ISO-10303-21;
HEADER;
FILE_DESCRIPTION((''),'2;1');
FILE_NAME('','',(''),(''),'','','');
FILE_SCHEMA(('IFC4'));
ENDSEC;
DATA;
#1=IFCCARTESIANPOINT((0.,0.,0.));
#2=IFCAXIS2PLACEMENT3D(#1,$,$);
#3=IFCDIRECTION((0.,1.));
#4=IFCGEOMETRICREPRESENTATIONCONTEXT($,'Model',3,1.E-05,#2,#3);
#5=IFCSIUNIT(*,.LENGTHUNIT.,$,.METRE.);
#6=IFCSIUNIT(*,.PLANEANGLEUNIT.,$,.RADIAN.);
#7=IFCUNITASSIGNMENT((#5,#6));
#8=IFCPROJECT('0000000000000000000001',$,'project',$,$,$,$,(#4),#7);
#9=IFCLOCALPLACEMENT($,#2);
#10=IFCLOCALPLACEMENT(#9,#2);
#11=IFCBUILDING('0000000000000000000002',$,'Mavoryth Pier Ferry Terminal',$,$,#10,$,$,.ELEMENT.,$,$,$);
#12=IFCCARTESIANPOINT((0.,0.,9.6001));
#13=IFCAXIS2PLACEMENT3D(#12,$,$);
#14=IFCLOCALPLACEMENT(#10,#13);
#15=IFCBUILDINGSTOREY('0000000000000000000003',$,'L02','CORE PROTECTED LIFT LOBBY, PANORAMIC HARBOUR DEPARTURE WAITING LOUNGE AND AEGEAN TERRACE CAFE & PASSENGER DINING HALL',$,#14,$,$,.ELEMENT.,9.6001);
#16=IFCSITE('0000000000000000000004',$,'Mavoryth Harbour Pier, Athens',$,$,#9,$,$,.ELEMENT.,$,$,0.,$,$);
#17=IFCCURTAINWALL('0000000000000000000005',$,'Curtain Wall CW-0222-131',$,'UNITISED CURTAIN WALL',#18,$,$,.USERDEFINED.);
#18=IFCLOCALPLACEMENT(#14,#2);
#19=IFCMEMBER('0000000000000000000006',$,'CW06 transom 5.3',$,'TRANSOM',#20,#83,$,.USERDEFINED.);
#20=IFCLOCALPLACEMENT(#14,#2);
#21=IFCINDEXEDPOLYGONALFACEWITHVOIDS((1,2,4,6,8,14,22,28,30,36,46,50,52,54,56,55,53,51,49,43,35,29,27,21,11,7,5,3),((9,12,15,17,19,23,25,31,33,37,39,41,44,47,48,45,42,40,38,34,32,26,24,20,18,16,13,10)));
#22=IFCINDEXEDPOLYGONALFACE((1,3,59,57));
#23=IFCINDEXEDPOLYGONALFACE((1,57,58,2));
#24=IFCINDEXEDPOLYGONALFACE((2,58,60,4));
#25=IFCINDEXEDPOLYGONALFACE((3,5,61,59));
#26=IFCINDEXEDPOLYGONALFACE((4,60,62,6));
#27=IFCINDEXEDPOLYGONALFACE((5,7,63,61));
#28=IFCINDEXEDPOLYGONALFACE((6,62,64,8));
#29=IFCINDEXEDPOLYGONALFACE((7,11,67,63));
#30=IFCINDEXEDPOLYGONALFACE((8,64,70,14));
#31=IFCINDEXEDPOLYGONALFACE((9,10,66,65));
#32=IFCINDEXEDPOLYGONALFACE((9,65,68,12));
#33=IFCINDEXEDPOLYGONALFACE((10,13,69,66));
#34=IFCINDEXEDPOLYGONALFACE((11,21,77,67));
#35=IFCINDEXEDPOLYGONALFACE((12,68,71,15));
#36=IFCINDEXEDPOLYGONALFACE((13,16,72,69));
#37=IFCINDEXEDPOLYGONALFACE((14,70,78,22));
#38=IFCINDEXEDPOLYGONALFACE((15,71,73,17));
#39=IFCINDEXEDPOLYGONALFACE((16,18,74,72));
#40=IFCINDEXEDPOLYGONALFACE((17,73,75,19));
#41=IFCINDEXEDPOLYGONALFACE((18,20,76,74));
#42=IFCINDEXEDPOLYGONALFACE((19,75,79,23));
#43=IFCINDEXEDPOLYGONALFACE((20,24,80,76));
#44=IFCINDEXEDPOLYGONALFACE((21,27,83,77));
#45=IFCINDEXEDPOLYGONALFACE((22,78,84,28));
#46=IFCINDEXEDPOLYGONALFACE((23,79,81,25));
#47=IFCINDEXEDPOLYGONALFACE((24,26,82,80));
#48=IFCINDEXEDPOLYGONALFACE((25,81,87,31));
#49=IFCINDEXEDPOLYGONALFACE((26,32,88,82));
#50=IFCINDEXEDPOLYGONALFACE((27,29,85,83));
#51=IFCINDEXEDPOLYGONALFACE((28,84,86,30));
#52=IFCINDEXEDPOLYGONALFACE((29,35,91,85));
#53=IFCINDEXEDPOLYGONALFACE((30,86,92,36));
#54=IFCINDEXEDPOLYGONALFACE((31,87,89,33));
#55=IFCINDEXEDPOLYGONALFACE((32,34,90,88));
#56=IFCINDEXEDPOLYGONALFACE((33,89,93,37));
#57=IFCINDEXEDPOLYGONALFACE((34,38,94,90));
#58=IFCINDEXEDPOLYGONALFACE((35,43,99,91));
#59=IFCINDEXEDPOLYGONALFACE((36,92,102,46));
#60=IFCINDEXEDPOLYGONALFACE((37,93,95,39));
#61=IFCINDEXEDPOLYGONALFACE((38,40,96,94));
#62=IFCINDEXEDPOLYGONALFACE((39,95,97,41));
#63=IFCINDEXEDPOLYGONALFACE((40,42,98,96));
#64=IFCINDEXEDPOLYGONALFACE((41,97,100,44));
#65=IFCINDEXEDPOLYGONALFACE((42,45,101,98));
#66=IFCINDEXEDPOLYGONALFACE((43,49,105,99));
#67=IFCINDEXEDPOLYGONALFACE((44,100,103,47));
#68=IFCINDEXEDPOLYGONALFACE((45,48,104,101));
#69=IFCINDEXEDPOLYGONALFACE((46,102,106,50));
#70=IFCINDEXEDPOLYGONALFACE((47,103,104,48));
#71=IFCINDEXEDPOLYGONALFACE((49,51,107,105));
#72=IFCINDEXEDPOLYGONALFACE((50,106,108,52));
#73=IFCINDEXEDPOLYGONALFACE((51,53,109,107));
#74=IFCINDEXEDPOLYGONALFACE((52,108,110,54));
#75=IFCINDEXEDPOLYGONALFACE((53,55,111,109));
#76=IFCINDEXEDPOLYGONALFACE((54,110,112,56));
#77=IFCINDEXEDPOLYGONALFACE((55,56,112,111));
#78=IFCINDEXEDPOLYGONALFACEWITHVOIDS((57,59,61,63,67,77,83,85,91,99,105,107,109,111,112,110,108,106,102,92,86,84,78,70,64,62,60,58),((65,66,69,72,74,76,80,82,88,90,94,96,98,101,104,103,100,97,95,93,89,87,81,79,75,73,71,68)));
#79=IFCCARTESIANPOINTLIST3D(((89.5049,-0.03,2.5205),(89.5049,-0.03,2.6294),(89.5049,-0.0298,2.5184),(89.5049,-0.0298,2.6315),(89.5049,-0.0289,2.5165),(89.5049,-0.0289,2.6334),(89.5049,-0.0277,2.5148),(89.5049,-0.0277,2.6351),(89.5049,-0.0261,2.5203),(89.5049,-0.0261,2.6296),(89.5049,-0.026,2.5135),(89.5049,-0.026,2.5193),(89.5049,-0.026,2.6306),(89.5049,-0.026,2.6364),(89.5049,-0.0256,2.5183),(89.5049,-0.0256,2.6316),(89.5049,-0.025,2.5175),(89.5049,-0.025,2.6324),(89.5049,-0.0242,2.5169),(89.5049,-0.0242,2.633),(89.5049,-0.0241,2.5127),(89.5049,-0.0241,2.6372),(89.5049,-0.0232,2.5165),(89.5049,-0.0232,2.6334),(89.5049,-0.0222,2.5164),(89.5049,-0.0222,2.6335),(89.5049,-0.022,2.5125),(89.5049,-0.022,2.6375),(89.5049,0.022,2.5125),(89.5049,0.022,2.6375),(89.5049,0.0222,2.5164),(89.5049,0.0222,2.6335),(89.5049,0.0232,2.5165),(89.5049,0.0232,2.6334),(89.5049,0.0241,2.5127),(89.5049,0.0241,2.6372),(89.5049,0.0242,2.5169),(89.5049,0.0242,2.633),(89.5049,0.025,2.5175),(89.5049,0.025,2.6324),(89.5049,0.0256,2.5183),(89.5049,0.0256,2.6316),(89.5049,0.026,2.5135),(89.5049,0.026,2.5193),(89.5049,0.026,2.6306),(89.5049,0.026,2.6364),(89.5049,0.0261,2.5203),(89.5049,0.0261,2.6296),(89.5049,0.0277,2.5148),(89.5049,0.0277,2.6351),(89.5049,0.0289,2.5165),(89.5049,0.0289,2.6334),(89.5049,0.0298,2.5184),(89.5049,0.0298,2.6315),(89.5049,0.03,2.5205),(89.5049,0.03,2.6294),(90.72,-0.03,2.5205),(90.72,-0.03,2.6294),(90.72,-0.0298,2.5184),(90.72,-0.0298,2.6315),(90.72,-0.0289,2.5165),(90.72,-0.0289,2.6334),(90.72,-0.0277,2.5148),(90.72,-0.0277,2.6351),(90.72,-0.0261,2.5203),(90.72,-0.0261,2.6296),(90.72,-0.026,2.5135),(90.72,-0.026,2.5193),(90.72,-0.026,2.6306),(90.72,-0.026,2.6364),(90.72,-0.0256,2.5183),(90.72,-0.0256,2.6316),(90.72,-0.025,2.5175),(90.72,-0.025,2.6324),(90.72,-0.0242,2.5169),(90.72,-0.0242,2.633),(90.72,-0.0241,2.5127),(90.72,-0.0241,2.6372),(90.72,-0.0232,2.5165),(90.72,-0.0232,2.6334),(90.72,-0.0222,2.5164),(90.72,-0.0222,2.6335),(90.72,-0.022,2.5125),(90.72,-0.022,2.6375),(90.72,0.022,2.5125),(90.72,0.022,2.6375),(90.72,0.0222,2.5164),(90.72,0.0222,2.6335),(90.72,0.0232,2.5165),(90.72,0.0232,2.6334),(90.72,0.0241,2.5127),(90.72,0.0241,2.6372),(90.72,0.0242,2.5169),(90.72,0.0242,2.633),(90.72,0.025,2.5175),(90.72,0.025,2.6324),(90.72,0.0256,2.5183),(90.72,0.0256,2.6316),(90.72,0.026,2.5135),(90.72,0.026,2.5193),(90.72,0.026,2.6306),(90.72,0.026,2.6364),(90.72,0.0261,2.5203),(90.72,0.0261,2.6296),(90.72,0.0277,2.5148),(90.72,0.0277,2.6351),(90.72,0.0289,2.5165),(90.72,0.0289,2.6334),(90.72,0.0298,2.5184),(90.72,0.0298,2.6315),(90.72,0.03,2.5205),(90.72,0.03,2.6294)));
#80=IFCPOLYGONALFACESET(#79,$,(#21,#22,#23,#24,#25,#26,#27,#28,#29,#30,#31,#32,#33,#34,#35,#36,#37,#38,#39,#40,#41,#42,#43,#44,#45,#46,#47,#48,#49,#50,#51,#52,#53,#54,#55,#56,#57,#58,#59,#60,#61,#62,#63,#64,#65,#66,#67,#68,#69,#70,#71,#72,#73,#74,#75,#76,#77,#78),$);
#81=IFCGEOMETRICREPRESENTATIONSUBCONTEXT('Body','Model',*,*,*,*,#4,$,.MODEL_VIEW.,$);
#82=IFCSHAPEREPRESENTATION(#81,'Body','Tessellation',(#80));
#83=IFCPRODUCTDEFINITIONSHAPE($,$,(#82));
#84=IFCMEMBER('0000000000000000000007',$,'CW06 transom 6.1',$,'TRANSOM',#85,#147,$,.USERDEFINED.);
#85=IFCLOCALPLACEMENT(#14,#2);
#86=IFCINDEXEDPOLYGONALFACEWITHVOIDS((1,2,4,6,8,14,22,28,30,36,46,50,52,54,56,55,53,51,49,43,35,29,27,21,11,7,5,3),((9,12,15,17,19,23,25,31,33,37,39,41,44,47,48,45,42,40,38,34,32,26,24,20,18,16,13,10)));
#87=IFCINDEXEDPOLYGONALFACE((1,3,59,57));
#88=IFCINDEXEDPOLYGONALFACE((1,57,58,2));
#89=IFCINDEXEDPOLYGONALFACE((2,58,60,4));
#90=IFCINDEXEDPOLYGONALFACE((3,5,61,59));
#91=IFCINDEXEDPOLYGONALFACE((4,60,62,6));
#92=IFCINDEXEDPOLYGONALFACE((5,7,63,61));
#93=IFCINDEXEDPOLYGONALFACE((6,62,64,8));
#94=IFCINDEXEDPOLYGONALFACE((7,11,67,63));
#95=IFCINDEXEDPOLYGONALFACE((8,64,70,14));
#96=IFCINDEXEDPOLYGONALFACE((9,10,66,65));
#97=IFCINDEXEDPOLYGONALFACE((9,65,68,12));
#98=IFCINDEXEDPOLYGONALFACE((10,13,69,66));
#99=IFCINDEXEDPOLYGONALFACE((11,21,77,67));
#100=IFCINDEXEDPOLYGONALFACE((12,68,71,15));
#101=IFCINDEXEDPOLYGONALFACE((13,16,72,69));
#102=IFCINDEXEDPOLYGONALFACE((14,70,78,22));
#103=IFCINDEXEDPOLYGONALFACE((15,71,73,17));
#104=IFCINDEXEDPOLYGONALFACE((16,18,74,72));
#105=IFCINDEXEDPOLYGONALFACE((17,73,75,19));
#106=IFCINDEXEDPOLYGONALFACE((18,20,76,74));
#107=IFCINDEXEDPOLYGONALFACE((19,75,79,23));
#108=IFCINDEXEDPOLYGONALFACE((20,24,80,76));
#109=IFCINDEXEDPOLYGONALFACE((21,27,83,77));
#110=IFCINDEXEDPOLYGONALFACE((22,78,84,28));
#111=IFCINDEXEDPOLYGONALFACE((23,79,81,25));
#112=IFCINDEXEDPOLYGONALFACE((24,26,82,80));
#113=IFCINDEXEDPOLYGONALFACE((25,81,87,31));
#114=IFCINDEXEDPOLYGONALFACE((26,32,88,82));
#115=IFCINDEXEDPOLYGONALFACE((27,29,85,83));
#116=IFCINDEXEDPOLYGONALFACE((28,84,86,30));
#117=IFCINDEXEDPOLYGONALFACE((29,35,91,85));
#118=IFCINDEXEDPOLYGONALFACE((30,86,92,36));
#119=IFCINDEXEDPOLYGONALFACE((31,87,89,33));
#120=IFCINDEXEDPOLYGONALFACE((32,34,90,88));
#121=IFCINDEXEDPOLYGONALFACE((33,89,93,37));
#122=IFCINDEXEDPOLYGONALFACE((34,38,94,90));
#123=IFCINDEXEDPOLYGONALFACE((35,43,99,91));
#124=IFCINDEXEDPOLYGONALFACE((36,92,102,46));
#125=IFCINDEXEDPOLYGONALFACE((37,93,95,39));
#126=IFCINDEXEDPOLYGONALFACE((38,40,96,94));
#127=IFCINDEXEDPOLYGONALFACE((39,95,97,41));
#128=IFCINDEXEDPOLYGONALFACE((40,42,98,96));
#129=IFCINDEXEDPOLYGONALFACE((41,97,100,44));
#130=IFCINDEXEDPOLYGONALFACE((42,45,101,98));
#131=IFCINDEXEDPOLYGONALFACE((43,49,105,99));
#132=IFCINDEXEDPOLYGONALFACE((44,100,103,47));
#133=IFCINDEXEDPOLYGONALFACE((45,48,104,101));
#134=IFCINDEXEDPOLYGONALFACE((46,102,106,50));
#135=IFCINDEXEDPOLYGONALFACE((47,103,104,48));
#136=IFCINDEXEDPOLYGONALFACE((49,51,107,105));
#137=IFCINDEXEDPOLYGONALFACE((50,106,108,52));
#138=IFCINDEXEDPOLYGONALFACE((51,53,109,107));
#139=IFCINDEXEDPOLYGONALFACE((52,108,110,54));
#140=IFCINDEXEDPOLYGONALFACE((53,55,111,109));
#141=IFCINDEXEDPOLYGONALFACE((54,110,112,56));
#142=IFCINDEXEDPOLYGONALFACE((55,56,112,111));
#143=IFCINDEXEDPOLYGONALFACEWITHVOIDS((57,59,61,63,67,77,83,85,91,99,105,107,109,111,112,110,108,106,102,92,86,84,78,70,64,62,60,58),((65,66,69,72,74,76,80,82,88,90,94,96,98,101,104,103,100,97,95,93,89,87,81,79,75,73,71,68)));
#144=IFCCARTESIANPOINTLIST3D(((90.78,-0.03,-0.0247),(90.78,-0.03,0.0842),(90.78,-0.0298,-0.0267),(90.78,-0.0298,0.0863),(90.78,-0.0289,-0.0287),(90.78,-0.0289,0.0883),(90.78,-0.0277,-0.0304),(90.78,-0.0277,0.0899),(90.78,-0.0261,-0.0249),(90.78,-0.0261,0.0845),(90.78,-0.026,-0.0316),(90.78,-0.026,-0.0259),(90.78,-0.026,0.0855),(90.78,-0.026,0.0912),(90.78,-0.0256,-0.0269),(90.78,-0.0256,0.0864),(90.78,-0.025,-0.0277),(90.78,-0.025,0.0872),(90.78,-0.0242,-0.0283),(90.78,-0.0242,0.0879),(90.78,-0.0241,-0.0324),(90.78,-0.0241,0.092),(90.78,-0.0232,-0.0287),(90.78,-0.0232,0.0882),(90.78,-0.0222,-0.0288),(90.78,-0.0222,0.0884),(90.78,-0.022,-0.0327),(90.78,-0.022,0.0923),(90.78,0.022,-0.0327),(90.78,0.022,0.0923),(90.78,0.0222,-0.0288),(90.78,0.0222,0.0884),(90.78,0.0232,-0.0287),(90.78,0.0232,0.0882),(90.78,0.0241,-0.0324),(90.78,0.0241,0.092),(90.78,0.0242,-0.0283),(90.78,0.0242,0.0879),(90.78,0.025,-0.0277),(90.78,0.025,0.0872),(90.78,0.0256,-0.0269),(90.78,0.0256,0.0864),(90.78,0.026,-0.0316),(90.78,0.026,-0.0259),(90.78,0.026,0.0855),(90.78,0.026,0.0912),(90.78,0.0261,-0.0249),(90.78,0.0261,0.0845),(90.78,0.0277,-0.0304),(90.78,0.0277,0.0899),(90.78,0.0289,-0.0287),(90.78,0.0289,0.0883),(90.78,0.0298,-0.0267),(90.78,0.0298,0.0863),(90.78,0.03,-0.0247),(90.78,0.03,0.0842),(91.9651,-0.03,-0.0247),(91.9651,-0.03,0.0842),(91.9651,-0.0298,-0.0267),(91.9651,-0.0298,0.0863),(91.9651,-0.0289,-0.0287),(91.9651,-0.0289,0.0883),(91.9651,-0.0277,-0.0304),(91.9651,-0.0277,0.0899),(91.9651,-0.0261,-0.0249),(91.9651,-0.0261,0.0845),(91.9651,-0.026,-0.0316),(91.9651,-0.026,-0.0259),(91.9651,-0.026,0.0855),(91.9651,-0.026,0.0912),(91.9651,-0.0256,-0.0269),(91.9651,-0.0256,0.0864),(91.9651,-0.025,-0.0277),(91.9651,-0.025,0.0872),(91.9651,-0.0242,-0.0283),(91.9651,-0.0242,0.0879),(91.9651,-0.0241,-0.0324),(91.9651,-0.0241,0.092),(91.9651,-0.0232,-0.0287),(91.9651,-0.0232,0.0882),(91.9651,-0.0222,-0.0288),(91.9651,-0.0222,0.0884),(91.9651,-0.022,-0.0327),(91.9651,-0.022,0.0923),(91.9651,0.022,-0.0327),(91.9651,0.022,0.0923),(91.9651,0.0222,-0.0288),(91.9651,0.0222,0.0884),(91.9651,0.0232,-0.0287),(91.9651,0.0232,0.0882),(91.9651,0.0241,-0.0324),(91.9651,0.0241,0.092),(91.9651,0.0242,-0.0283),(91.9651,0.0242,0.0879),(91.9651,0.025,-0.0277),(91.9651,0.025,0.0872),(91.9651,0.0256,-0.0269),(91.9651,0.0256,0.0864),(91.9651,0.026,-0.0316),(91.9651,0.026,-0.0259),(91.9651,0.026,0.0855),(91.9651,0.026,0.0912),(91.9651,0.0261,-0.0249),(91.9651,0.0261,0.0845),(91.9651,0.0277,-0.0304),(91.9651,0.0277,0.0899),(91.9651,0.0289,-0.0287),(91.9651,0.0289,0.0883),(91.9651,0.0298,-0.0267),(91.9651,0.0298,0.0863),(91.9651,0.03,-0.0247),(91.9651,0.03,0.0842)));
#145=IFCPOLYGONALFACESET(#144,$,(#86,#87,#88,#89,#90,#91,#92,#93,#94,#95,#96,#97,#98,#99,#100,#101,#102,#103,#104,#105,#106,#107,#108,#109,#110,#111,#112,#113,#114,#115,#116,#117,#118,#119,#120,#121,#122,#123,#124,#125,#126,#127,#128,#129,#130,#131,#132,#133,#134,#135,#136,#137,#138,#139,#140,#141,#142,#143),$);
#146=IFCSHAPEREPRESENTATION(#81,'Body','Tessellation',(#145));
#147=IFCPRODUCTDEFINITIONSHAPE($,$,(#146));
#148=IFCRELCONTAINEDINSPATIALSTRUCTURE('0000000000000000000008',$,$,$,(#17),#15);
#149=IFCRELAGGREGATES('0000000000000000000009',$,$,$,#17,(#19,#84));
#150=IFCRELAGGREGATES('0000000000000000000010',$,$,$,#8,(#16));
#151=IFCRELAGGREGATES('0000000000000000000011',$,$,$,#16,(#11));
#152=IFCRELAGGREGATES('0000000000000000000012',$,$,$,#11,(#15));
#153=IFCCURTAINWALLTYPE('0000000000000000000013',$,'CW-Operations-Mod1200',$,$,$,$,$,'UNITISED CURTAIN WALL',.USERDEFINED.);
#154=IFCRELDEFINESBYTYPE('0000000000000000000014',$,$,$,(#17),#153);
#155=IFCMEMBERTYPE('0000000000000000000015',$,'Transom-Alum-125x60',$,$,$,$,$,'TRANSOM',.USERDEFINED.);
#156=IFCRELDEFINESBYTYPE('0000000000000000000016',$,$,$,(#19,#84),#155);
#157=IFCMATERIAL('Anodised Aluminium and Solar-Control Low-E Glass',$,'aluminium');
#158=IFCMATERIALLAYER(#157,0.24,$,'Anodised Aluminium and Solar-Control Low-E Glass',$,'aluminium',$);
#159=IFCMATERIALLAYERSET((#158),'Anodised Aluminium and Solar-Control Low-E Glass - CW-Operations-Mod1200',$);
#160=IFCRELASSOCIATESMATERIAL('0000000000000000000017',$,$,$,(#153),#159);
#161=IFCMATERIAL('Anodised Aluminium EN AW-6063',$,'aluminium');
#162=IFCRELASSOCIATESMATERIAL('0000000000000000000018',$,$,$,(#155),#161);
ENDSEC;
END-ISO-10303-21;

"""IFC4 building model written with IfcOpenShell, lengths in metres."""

from ifc_helpers import new_model, si_unit, direction, frame, origin, origin_2d, place, context, subcontext, project, spatial, hollow_rectangle, extrude, material, layer, layer_set, material_profile, profile_set, type_object, element, aggregate, save


model = new_model("IFC4")

# Units and contexts
model_context = context("Model", 3, precision=1e-05, world=origin(), true_north=direction((0.0, 1.0)))
body_context = subcontext(model_context, "Body", "Model", "MODEL_VIEW")
ifc_project = project(units=[si_unit("LENGTHUNIT", "METRE"), si_unit("PLANEANGLEUNIT", "RADIAN")], contexts=[model_context])

# Site, building, storey
site_placement = place(None, origin())
site = spatial("IfcSite", under=ifc_project, at=site_placement, Name="Mavoryth Harbour Pier, Athens", CompositionType="ELEMENT", RefElevation=0.0)
building_placement = place(site_placement, origin())
building = spatial("IfcBuilding", under=site, at=building_placement, Name="Mavoryth Pier Ferry Terminal", CompositionType="ELEMENT")
storey_placement = place(building_placement, frame((0.0, 0.0, 9.6001)))
storey = spatial("IfcBuildingStorey", under=building, at=storey_placement, Name="L02", Description="CORE PROTECTED LIFT LOBBY, PANORAMIC HARBOUR DEPARTURE WAITING LOUNGE AND AEGEAN TERRACE CAFE & PASSENGER DINING HALL", CompositionType="ELEMENT", Elevation=9.6001)

# Curtain wall, members
ifc_material_1 = material(Name="Anodised Aluminium and Solar-Control Low-E Glass", Category="aluminium")
ifc_layer_1 = layer(ifc_material_1, 0.24, Name="Anodised Aluminium and Solar-Control Low-E Glass", Category="aluminium")
ifc_layer_set_1 = layer_set([ifc_layer_1], Name="Anodised Aluminium and Solar-Control Low-E Glass - CW-Operations-Mod1200")
curtain_wall_type = type_object("IfcCurtainWallType", Name="CW-Operations-Mod1200", ElementType="UNITISED CURTAIN WALL", PredefinedType="USERDEFINED", material=ifc_layer_set_1)
curtain_wall_placement = place(storey_placement, origin())
curtain_wall = element("IfcCurtainWall", 1, at=curtain_wall_placement, inside=storey, type_object=curtain_wall_type, Name="Curtain Wall CW-0222-131", ObjectType="UNITISED CURTAIN WALL", PredefinedType="USERDEFINED")
ifc_material_2 = material(Name="Anodised Aluminium EN AW-6063", Category="aluminium")
ifc_material_profile_1 = material_profile(ifc_material_2, hollow_rectangle(XDim=0.0601, YDim=0.125, WallThickness=0.0039, InnerFilletRadius=0.0039, OuterFilletRadius=0.0081, at=origin_2d()), Name="AL-TRAN 125x60x4", Category="aluminium")
ifc_profile_set_1 = profile_set([ifc_material_profile_1], Name="Anodised Aluminium EN AW-6063 - AL-TRAN 125x60x4")
member_type_1 = type_object("IfcMemberType", Name="Transom-Alum-125x60", ElementType="TRANSOM", PredefinedType="USERDEFINED", material=ifc_profile_set_1)
member_1_placement = place(storey_placement, frame((89.5049, 0.0, 2.575), z_axis=(1.0, 0.0, 0.0), x_axis=(0.0, 1.0, 0.0)))
member_1 = element("IfcMember", 2, at=member_1_placement, type_object=member_type_1, Name="CW06 transom 5.3", ObjectType="TRANSOM", PredefinedType="USERDEFINED", context=body_context, shape_type="SweptSolid", body=[
    extrude(hollow_rectangle(XDim=0.0601, YDim=0.125, WallThickness=0.0039, InnerFilletRadius=0.0039, OuterFilletRadius=0.0081, at=origin_2d()), origin(), (0.0, 0.0, 1.0), 1.2151),
])
member_2_placement = place(storey_placement, frame((90.78, 0.0, 0.0298), z_axis=(1.0, 0.0, 0.0), x_axis=(0.0, 1.0, 0.0)))
member_2 = element("IfcMember", 3, at=member_2_placement, type_object=member_type_1, Name="CW06 transom 6.1", ObjectType="TRANSOM", PredefinedType="USERDEFINED", context=body_context, shape_type="SweptSolid", body=[
    extrude(hollow_rectangle(XDim=0.0601, YDim=0.125, WallThickness=0.0039, InnerFilletRadius=0.0039, OuterFilletRadius=0.0081, at=origin_2d()), origin(), (0.0, 0.0, 1.0), 1.1851),
])
aggregate(curtain_wall, [member_1, member_2])

save(model, "model.ifc")
